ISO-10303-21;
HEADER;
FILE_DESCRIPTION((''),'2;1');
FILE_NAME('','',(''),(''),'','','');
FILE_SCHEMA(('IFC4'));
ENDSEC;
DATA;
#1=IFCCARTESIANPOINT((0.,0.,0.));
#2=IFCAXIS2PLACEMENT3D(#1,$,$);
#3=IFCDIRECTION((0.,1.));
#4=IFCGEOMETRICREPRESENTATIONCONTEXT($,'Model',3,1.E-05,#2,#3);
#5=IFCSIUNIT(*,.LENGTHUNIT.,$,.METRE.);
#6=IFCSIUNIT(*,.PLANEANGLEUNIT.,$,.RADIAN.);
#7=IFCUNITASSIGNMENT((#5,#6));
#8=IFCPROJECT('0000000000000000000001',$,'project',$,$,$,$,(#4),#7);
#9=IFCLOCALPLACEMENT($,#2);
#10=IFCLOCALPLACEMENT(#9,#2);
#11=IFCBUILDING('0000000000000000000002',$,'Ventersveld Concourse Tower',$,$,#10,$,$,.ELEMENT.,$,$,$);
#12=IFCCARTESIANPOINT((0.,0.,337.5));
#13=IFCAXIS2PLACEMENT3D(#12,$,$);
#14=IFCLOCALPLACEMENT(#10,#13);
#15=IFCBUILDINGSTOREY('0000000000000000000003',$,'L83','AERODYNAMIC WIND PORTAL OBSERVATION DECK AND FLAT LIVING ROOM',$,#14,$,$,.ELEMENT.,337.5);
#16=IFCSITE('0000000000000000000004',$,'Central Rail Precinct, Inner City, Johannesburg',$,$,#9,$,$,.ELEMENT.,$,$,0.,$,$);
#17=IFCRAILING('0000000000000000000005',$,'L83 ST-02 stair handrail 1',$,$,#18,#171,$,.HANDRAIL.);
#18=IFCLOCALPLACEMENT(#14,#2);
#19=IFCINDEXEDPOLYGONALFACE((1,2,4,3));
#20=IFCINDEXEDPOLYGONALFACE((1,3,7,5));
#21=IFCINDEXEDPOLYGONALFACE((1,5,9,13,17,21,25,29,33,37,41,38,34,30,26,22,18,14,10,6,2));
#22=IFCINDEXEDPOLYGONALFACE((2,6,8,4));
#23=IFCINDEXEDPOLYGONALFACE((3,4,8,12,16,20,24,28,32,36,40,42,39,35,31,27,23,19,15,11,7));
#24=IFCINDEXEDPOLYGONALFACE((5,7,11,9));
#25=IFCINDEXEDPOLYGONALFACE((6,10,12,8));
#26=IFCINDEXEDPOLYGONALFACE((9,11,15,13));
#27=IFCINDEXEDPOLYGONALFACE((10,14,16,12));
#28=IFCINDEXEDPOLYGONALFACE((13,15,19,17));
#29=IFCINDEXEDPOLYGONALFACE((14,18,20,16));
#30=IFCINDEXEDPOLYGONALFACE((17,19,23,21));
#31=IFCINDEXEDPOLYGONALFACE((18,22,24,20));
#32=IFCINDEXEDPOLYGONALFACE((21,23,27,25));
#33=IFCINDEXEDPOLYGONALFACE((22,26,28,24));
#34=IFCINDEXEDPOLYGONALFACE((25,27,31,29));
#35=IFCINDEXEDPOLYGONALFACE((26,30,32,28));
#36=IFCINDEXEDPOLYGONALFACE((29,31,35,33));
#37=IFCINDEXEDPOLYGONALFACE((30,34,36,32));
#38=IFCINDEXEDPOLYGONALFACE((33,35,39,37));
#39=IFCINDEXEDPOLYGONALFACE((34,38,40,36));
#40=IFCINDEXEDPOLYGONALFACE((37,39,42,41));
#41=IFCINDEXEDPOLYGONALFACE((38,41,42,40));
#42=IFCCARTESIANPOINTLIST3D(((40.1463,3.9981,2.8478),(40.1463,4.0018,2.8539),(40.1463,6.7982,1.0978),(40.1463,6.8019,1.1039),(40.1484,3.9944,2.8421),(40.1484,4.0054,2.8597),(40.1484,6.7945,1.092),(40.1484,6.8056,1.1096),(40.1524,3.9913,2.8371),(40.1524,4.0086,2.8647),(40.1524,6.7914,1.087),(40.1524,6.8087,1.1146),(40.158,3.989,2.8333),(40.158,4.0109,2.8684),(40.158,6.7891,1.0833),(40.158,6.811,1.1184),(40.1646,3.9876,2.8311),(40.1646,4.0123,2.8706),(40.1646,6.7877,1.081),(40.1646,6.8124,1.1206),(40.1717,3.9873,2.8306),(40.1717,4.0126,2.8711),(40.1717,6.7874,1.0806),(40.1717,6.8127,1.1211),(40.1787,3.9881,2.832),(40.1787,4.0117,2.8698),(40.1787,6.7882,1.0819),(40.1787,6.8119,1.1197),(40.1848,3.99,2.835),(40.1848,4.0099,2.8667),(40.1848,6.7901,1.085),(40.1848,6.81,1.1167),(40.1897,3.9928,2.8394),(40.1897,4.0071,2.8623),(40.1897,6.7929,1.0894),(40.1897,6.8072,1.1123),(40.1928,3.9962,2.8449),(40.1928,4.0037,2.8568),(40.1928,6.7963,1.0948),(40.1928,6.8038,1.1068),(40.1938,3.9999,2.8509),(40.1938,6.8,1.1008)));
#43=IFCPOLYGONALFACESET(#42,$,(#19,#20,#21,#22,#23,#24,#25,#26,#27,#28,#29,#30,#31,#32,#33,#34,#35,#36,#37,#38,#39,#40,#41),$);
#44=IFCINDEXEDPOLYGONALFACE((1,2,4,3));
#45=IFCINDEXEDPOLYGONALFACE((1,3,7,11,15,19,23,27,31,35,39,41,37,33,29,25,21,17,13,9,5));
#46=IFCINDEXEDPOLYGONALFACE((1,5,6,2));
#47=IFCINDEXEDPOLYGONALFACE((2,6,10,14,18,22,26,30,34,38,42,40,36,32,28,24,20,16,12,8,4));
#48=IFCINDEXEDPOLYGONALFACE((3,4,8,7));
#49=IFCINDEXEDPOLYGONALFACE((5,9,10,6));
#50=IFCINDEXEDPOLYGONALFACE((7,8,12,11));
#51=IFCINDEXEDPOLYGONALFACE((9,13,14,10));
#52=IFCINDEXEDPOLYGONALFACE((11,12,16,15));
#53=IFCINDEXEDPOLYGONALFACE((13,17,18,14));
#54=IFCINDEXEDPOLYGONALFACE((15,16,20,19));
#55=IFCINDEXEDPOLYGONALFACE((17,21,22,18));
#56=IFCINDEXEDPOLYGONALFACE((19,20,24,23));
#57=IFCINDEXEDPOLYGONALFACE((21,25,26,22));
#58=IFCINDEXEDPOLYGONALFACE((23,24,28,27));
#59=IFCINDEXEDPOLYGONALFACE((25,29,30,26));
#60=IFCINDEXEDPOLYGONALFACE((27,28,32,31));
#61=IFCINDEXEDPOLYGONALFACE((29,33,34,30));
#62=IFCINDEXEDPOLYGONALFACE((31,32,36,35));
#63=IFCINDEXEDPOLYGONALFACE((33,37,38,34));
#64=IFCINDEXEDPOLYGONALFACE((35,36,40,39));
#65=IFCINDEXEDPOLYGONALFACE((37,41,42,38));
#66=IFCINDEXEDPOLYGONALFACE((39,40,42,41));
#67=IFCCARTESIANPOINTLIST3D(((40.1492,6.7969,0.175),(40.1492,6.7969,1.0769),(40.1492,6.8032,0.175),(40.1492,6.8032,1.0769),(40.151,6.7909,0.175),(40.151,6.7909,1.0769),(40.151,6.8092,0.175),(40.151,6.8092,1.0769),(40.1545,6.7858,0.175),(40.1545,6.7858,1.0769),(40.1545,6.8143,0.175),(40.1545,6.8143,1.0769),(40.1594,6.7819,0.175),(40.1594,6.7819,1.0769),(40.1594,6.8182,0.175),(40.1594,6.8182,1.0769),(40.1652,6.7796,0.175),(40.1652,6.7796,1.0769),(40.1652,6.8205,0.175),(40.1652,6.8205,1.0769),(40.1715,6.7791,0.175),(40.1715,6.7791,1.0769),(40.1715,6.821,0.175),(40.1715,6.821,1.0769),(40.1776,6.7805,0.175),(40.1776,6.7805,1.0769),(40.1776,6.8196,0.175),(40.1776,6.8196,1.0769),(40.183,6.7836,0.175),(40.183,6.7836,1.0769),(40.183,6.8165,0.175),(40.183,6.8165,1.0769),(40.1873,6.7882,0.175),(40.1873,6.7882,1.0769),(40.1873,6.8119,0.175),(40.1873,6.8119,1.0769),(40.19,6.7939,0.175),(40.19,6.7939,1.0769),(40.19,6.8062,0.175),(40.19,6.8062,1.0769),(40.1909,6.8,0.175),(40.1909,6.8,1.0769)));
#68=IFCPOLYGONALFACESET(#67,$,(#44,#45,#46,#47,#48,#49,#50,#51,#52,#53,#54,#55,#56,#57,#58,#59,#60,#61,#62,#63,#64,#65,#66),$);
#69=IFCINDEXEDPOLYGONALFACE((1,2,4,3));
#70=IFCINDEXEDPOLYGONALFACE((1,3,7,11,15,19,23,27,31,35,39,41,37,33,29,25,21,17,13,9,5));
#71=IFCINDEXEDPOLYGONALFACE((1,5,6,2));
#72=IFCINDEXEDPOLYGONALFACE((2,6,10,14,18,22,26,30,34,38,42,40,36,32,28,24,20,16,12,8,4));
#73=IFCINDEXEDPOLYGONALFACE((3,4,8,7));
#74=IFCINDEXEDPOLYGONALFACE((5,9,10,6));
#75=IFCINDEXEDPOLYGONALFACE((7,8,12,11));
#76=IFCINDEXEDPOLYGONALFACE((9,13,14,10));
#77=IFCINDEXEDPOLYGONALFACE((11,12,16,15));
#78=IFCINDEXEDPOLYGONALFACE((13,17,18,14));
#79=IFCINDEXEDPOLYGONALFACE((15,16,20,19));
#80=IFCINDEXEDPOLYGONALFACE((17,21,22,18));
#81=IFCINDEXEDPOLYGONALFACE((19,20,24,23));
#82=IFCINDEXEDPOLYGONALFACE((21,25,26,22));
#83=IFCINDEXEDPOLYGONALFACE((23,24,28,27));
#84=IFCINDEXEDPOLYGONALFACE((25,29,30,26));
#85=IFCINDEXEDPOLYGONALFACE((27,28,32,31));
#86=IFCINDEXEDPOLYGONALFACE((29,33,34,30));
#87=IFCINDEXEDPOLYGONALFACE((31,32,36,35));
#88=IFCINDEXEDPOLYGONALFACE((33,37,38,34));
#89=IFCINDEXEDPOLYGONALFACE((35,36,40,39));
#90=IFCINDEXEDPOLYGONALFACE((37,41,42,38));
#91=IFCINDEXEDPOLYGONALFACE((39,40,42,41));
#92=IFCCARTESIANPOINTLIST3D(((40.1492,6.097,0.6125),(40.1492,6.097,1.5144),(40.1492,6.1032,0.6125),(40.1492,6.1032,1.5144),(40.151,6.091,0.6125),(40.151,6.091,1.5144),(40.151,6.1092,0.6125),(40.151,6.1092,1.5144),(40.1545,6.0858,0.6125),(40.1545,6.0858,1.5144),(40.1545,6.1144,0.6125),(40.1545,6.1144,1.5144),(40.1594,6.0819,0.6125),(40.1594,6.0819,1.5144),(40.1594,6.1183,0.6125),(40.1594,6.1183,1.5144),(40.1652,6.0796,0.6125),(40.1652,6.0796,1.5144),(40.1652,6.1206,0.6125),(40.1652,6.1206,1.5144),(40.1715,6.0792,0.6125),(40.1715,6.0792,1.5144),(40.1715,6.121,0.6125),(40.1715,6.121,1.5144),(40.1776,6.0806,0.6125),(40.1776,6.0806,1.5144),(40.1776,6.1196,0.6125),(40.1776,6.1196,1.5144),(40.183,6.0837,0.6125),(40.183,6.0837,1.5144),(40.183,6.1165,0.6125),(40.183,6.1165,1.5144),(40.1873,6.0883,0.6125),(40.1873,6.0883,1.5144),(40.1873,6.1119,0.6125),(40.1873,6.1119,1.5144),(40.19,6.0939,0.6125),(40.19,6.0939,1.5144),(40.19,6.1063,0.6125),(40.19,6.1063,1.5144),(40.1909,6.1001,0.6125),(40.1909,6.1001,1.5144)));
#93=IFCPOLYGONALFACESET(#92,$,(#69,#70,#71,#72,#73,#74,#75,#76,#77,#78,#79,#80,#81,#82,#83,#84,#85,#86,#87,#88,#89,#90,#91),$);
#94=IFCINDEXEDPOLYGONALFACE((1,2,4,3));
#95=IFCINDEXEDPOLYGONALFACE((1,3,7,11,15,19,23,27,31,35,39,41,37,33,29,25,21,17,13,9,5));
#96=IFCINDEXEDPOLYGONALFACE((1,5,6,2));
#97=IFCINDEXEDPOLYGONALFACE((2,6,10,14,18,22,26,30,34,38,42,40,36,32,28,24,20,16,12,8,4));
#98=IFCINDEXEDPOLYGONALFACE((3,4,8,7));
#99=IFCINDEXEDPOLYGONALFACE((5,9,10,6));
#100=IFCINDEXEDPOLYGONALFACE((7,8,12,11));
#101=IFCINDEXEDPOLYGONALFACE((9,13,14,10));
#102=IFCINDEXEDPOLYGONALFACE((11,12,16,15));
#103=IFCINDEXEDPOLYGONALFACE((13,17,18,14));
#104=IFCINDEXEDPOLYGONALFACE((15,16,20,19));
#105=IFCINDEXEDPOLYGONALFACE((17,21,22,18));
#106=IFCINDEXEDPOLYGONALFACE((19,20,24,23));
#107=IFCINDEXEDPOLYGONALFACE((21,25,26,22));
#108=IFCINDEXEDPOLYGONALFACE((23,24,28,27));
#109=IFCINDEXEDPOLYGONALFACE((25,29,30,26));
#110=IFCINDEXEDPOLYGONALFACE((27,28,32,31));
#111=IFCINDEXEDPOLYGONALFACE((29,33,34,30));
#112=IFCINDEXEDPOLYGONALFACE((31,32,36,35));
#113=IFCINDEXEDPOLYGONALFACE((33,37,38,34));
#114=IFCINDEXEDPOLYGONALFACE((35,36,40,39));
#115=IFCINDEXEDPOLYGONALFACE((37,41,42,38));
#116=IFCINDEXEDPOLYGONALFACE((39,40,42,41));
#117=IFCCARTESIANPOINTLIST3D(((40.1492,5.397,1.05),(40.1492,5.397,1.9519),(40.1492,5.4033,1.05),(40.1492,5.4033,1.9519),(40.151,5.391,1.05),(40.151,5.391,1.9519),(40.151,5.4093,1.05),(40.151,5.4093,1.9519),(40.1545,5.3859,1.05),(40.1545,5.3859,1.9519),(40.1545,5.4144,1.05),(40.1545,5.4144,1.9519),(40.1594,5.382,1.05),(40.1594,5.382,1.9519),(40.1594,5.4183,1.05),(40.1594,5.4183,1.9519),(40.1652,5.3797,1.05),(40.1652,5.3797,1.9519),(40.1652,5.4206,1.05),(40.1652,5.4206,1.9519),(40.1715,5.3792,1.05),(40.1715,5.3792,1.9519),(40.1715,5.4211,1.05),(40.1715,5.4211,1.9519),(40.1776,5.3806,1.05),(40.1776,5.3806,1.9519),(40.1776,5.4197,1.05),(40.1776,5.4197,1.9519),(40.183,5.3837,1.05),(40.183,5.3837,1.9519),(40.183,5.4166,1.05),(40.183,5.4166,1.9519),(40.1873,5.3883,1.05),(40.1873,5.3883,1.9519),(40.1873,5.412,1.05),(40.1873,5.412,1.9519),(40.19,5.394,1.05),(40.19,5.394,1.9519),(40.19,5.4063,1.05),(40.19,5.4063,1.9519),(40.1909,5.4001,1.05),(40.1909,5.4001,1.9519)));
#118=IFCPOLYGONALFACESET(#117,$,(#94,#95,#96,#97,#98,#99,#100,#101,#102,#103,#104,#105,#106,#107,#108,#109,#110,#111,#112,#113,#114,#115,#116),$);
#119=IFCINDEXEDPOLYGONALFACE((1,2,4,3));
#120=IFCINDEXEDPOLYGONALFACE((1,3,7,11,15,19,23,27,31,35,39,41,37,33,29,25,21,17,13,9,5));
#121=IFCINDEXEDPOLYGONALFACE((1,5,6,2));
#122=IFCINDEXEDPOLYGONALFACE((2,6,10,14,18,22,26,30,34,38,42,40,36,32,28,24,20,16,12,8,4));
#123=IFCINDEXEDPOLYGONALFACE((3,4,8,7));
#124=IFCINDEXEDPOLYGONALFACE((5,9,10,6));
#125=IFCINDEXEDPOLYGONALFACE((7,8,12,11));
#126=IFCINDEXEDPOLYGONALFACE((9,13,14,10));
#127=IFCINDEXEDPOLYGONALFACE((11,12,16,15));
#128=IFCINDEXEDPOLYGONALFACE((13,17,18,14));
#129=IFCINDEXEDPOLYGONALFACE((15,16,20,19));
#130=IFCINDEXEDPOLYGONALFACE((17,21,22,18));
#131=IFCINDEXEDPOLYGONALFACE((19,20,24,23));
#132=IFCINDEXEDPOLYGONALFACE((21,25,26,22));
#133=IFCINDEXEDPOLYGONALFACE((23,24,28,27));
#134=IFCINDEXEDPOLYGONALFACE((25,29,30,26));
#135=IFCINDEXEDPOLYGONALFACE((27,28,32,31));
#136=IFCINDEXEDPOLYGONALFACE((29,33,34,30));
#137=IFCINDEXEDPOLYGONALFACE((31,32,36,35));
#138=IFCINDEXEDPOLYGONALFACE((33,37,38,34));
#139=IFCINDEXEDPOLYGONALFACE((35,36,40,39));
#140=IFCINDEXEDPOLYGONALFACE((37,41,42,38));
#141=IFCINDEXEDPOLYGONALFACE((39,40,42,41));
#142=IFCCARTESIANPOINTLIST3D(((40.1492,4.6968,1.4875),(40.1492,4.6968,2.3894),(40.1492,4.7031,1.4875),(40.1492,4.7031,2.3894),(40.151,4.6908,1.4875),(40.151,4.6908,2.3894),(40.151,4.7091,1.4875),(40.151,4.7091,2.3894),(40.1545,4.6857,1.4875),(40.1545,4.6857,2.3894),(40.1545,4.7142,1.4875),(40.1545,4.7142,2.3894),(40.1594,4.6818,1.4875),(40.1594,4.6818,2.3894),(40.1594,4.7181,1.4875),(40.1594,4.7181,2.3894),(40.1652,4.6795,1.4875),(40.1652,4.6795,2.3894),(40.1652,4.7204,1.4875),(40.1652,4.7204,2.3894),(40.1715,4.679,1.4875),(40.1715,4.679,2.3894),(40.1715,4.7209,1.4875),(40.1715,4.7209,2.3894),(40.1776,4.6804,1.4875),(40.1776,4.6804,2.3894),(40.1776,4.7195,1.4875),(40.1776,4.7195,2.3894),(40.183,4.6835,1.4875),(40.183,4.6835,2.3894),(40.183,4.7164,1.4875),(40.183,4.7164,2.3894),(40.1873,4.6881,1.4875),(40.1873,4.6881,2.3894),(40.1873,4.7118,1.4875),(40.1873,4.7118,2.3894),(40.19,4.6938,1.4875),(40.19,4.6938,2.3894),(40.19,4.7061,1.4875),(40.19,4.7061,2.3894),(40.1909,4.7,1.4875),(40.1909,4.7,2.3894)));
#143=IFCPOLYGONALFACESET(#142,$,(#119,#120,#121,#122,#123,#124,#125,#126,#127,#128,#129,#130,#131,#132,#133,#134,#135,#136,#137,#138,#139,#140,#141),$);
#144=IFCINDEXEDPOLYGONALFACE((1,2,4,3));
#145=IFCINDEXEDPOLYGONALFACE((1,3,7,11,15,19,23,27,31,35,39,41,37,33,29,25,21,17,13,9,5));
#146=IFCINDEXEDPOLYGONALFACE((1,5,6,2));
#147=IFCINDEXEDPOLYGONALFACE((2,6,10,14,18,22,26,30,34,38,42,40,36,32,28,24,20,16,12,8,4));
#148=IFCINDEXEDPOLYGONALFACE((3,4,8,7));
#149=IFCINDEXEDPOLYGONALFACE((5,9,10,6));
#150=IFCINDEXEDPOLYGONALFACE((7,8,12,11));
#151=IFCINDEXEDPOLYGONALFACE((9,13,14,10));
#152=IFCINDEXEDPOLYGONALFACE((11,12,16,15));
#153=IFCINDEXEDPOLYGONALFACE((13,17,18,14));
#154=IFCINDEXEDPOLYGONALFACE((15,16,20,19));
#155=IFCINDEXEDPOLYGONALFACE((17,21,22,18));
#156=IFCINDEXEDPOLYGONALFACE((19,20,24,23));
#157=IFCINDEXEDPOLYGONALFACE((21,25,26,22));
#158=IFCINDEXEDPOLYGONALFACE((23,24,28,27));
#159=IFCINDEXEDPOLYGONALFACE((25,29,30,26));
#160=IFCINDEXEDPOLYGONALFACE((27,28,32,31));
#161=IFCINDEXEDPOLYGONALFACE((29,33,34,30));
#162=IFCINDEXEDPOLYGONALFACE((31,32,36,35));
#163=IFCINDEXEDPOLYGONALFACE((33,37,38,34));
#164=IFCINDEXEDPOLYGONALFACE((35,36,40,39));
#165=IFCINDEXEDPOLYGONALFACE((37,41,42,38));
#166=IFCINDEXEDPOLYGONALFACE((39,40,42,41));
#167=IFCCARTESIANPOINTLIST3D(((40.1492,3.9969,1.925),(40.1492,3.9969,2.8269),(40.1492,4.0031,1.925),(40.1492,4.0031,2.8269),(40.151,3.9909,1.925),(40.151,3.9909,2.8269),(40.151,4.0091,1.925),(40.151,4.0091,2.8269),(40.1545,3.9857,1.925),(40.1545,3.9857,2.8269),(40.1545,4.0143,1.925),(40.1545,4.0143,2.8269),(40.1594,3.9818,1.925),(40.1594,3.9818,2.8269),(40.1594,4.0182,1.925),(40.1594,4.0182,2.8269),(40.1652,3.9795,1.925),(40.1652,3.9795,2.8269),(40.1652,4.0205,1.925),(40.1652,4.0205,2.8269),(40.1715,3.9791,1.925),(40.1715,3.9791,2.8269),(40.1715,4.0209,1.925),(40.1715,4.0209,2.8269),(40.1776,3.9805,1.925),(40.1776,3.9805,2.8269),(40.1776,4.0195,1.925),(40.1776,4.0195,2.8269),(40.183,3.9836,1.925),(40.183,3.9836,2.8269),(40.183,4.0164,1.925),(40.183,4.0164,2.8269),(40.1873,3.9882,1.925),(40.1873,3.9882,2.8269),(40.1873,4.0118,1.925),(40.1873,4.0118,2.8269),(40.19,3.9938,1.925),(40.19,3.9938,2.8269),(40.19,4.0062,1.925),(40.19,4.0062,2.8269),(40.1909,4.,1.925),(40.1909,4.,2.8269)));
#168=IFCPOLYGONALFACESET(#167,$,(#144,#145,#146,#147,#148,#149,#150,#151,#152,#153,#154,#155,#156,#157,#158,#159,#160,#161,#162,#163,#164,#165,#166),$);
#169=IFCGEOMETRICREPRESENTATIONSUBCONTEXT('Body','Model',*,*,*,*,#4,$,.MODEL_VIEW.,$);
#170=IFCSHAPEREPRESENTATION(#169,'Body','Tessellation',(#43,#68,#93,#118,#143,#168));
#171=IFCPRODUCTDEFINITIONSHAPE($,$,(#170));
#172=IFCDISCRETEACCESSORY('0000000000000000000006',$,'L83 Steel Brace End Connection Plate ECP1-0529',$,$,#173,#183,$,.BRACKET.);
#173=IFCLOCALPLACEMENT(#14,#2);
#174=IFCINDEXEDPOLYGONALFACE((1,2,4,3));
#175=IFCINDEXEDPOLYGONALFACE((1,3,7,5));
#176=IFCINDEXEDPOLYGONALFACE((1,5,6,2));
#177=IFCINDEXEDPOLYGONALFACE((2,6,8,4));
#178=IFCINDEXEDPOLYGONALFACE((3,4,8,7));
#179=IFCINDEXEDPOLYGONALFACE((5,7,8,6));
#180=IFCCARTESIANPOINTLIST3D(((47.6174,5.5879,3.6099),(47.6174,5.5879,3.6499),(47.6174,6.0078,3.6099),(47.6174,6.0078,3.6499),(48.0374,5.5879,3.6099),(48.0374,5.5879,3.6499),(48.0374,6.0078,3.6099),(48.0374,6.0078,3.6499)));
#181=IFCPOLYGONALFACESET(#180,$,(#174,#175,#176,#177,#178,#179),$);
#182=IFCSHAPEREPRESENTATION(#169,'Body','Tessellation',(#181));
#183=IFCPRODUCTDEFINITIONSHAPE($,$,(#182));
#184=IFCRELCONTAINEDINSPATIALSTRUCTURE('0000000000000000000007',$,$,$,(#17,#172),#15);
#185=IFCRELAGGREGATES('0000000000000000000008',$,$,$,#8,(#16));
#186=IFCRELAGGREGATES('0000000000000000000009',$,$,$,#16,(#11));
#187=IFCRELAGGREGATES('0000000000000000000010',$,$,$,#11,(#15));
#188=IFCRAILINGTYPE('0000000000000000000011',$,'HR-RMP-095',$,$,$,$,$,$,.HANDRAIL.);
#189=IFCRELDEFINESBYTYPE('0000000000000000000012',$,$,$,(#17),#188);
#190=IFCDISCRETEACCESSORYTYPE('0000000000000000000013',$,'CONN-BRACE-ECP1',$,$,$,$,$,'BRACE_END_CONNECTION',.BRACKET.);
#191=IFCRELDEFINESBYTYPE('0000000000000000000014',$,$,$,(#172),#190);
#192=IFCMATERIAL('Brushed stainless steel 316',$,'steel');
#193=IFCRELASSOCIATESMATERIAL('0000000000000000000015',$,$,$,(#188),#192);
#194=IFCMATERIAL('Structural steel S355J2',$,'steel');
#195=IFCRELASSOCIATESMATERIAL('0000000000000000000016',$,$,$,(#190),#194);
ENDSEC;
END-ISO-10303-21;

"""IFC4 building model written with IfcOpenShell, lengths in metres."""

from ifc_helpers import new_model, si_unit, direction, frame, origin, origin_2d, place, context, subcontext, project, spatial, rectangle, circle, extrude, material, type_object, element, save


model = new_model("IFC4")

# Units and contexts
model_context = context("Model", 3, precision=1e-05, world=origin(), true_north=direction((0.0, 1.0)))
body_context = subcontext(model_context, "Body", "Model", "MODEL_VIEW")
ifc_project = project(units=[si_unit("LENGTHUNIT", "METRE"), si_unit("PLANEANGLEUNIT", "RADIAN")], contexts=[model_context])

# Site, building, storey
site_placement = place(None, origin())
site = spatial("IfcSite", under=ifc_project, at=site_placement, Name="Central Rail Precinct, Inner City, Johannesburg", CompositionType="ELEMENT", RefElevation=0.0)
building_placement = place(site_placement, origin())
building = spatial("IfcBuilding", under=site, at=building_placement, Name="Ventersveld Concourse Tower", CompositionType="ELEMENT")
storey_placement = place(building_placement, frame((0.0, 0.0, 337.5)))
storey = spatial("IfcBuildingStorey", under=building, at=storey_placement, Name="L83", Description="AERODYNAMIC WIND PORTAL OBSERVATION DECK AND FLAT LIVING ROOM", CompositionType="ELEMENT", Elevation=337.5)

# Shared definitions
ifc_material_1 = material(Name="Structural steel S355J2", Category="steel")

# Shared definitions
ifc_material_2 = material(Name="Brushed stainless steel 316", Category="steel")

# Railing
railing_type_1 = type_object("IfcRailingType", Name="HR-RMP-095", PredefinedType="HANDRAIL", material=ifc_material_2)
railing_1_placement = place(storey_placement, frame((40.1699, 6.8, 0.175)))
element("IfcRailing", 1, at=railing_1_placement, inside=storey, type_object=railing_type_1, Name="L83 ST-02 stair handrail 1", PredefinedType="HANDRAIL", context=body_context, shape_type="SweptSolid", body=[
    extrude(circle(Radius=0.0239, at=origin_2d()), frame((0.0, 0.0, 0.9258), z_axis=(0.0, -0.848002, 0.529992), x_axis=(1.0, 0.0, 0.0)), (0.0, 0.0, 1.0), 3.302),
    extrude(circle(Radius=0.021, at=origin_2d()), origin(), (0.0, 0.0, 1.0), 0.9019),
    extrude(circle(Radius=0.021, at=origin_2d()), frame((0.0, -0.7, 0.4375)), (0.0, 0.0, 1.0), 0.9019),
    extrude(circle(Radius=0.021, at=origin_2d()), frame((0.0, -1.3999, 0.875)), (0.0, 0.0, 1.0), 0.9019),
    extrude(circle(Radius=0.021, at=origin_2d()), frame((0.0, -2.1001, 1.3125)), (0.0, 0.0, 1.0), 0.9019),
    extrude(circle(Radius=0.021, at=origin_2d()), frame((0.0, -2.8, 1.75)), (0.0, 0.0, 1.0), 0.9019),
])

# Discrete accessory
discrete_accessory_type = type_object("IfcDiscreteAccessoryType", Name="CONN-BRACE-ECP1", ElementType="BRACE_END_CONNECTION", PredefinedType="BRACKET", material=ifc_material_1)
discrete_accessory_placement = place(storey_placement, frame((47.8274, 5.7979, 3.6099), z_axis=(0.0, 0.0, 1.0), x_axis=(1.0, 0.0, 0.0)))
element("IfcDiscreteAccessory", 2, at=discrete_accessory_placement, inside=storey, type_object=discrete_accessory_type, Name="L83 Steel Brace End Connection Plate ECP1-0529", PredefinedType="BRACKET", context=body_context, shape_type="SweptSolid", body=[
    extrude(rectangle(XDim=0.4199, YDim=0.4199, at=origin_2d()), origin(), (0.0, 0.0, 1.0), 0.04),
])

save(model, "model.ifc")
